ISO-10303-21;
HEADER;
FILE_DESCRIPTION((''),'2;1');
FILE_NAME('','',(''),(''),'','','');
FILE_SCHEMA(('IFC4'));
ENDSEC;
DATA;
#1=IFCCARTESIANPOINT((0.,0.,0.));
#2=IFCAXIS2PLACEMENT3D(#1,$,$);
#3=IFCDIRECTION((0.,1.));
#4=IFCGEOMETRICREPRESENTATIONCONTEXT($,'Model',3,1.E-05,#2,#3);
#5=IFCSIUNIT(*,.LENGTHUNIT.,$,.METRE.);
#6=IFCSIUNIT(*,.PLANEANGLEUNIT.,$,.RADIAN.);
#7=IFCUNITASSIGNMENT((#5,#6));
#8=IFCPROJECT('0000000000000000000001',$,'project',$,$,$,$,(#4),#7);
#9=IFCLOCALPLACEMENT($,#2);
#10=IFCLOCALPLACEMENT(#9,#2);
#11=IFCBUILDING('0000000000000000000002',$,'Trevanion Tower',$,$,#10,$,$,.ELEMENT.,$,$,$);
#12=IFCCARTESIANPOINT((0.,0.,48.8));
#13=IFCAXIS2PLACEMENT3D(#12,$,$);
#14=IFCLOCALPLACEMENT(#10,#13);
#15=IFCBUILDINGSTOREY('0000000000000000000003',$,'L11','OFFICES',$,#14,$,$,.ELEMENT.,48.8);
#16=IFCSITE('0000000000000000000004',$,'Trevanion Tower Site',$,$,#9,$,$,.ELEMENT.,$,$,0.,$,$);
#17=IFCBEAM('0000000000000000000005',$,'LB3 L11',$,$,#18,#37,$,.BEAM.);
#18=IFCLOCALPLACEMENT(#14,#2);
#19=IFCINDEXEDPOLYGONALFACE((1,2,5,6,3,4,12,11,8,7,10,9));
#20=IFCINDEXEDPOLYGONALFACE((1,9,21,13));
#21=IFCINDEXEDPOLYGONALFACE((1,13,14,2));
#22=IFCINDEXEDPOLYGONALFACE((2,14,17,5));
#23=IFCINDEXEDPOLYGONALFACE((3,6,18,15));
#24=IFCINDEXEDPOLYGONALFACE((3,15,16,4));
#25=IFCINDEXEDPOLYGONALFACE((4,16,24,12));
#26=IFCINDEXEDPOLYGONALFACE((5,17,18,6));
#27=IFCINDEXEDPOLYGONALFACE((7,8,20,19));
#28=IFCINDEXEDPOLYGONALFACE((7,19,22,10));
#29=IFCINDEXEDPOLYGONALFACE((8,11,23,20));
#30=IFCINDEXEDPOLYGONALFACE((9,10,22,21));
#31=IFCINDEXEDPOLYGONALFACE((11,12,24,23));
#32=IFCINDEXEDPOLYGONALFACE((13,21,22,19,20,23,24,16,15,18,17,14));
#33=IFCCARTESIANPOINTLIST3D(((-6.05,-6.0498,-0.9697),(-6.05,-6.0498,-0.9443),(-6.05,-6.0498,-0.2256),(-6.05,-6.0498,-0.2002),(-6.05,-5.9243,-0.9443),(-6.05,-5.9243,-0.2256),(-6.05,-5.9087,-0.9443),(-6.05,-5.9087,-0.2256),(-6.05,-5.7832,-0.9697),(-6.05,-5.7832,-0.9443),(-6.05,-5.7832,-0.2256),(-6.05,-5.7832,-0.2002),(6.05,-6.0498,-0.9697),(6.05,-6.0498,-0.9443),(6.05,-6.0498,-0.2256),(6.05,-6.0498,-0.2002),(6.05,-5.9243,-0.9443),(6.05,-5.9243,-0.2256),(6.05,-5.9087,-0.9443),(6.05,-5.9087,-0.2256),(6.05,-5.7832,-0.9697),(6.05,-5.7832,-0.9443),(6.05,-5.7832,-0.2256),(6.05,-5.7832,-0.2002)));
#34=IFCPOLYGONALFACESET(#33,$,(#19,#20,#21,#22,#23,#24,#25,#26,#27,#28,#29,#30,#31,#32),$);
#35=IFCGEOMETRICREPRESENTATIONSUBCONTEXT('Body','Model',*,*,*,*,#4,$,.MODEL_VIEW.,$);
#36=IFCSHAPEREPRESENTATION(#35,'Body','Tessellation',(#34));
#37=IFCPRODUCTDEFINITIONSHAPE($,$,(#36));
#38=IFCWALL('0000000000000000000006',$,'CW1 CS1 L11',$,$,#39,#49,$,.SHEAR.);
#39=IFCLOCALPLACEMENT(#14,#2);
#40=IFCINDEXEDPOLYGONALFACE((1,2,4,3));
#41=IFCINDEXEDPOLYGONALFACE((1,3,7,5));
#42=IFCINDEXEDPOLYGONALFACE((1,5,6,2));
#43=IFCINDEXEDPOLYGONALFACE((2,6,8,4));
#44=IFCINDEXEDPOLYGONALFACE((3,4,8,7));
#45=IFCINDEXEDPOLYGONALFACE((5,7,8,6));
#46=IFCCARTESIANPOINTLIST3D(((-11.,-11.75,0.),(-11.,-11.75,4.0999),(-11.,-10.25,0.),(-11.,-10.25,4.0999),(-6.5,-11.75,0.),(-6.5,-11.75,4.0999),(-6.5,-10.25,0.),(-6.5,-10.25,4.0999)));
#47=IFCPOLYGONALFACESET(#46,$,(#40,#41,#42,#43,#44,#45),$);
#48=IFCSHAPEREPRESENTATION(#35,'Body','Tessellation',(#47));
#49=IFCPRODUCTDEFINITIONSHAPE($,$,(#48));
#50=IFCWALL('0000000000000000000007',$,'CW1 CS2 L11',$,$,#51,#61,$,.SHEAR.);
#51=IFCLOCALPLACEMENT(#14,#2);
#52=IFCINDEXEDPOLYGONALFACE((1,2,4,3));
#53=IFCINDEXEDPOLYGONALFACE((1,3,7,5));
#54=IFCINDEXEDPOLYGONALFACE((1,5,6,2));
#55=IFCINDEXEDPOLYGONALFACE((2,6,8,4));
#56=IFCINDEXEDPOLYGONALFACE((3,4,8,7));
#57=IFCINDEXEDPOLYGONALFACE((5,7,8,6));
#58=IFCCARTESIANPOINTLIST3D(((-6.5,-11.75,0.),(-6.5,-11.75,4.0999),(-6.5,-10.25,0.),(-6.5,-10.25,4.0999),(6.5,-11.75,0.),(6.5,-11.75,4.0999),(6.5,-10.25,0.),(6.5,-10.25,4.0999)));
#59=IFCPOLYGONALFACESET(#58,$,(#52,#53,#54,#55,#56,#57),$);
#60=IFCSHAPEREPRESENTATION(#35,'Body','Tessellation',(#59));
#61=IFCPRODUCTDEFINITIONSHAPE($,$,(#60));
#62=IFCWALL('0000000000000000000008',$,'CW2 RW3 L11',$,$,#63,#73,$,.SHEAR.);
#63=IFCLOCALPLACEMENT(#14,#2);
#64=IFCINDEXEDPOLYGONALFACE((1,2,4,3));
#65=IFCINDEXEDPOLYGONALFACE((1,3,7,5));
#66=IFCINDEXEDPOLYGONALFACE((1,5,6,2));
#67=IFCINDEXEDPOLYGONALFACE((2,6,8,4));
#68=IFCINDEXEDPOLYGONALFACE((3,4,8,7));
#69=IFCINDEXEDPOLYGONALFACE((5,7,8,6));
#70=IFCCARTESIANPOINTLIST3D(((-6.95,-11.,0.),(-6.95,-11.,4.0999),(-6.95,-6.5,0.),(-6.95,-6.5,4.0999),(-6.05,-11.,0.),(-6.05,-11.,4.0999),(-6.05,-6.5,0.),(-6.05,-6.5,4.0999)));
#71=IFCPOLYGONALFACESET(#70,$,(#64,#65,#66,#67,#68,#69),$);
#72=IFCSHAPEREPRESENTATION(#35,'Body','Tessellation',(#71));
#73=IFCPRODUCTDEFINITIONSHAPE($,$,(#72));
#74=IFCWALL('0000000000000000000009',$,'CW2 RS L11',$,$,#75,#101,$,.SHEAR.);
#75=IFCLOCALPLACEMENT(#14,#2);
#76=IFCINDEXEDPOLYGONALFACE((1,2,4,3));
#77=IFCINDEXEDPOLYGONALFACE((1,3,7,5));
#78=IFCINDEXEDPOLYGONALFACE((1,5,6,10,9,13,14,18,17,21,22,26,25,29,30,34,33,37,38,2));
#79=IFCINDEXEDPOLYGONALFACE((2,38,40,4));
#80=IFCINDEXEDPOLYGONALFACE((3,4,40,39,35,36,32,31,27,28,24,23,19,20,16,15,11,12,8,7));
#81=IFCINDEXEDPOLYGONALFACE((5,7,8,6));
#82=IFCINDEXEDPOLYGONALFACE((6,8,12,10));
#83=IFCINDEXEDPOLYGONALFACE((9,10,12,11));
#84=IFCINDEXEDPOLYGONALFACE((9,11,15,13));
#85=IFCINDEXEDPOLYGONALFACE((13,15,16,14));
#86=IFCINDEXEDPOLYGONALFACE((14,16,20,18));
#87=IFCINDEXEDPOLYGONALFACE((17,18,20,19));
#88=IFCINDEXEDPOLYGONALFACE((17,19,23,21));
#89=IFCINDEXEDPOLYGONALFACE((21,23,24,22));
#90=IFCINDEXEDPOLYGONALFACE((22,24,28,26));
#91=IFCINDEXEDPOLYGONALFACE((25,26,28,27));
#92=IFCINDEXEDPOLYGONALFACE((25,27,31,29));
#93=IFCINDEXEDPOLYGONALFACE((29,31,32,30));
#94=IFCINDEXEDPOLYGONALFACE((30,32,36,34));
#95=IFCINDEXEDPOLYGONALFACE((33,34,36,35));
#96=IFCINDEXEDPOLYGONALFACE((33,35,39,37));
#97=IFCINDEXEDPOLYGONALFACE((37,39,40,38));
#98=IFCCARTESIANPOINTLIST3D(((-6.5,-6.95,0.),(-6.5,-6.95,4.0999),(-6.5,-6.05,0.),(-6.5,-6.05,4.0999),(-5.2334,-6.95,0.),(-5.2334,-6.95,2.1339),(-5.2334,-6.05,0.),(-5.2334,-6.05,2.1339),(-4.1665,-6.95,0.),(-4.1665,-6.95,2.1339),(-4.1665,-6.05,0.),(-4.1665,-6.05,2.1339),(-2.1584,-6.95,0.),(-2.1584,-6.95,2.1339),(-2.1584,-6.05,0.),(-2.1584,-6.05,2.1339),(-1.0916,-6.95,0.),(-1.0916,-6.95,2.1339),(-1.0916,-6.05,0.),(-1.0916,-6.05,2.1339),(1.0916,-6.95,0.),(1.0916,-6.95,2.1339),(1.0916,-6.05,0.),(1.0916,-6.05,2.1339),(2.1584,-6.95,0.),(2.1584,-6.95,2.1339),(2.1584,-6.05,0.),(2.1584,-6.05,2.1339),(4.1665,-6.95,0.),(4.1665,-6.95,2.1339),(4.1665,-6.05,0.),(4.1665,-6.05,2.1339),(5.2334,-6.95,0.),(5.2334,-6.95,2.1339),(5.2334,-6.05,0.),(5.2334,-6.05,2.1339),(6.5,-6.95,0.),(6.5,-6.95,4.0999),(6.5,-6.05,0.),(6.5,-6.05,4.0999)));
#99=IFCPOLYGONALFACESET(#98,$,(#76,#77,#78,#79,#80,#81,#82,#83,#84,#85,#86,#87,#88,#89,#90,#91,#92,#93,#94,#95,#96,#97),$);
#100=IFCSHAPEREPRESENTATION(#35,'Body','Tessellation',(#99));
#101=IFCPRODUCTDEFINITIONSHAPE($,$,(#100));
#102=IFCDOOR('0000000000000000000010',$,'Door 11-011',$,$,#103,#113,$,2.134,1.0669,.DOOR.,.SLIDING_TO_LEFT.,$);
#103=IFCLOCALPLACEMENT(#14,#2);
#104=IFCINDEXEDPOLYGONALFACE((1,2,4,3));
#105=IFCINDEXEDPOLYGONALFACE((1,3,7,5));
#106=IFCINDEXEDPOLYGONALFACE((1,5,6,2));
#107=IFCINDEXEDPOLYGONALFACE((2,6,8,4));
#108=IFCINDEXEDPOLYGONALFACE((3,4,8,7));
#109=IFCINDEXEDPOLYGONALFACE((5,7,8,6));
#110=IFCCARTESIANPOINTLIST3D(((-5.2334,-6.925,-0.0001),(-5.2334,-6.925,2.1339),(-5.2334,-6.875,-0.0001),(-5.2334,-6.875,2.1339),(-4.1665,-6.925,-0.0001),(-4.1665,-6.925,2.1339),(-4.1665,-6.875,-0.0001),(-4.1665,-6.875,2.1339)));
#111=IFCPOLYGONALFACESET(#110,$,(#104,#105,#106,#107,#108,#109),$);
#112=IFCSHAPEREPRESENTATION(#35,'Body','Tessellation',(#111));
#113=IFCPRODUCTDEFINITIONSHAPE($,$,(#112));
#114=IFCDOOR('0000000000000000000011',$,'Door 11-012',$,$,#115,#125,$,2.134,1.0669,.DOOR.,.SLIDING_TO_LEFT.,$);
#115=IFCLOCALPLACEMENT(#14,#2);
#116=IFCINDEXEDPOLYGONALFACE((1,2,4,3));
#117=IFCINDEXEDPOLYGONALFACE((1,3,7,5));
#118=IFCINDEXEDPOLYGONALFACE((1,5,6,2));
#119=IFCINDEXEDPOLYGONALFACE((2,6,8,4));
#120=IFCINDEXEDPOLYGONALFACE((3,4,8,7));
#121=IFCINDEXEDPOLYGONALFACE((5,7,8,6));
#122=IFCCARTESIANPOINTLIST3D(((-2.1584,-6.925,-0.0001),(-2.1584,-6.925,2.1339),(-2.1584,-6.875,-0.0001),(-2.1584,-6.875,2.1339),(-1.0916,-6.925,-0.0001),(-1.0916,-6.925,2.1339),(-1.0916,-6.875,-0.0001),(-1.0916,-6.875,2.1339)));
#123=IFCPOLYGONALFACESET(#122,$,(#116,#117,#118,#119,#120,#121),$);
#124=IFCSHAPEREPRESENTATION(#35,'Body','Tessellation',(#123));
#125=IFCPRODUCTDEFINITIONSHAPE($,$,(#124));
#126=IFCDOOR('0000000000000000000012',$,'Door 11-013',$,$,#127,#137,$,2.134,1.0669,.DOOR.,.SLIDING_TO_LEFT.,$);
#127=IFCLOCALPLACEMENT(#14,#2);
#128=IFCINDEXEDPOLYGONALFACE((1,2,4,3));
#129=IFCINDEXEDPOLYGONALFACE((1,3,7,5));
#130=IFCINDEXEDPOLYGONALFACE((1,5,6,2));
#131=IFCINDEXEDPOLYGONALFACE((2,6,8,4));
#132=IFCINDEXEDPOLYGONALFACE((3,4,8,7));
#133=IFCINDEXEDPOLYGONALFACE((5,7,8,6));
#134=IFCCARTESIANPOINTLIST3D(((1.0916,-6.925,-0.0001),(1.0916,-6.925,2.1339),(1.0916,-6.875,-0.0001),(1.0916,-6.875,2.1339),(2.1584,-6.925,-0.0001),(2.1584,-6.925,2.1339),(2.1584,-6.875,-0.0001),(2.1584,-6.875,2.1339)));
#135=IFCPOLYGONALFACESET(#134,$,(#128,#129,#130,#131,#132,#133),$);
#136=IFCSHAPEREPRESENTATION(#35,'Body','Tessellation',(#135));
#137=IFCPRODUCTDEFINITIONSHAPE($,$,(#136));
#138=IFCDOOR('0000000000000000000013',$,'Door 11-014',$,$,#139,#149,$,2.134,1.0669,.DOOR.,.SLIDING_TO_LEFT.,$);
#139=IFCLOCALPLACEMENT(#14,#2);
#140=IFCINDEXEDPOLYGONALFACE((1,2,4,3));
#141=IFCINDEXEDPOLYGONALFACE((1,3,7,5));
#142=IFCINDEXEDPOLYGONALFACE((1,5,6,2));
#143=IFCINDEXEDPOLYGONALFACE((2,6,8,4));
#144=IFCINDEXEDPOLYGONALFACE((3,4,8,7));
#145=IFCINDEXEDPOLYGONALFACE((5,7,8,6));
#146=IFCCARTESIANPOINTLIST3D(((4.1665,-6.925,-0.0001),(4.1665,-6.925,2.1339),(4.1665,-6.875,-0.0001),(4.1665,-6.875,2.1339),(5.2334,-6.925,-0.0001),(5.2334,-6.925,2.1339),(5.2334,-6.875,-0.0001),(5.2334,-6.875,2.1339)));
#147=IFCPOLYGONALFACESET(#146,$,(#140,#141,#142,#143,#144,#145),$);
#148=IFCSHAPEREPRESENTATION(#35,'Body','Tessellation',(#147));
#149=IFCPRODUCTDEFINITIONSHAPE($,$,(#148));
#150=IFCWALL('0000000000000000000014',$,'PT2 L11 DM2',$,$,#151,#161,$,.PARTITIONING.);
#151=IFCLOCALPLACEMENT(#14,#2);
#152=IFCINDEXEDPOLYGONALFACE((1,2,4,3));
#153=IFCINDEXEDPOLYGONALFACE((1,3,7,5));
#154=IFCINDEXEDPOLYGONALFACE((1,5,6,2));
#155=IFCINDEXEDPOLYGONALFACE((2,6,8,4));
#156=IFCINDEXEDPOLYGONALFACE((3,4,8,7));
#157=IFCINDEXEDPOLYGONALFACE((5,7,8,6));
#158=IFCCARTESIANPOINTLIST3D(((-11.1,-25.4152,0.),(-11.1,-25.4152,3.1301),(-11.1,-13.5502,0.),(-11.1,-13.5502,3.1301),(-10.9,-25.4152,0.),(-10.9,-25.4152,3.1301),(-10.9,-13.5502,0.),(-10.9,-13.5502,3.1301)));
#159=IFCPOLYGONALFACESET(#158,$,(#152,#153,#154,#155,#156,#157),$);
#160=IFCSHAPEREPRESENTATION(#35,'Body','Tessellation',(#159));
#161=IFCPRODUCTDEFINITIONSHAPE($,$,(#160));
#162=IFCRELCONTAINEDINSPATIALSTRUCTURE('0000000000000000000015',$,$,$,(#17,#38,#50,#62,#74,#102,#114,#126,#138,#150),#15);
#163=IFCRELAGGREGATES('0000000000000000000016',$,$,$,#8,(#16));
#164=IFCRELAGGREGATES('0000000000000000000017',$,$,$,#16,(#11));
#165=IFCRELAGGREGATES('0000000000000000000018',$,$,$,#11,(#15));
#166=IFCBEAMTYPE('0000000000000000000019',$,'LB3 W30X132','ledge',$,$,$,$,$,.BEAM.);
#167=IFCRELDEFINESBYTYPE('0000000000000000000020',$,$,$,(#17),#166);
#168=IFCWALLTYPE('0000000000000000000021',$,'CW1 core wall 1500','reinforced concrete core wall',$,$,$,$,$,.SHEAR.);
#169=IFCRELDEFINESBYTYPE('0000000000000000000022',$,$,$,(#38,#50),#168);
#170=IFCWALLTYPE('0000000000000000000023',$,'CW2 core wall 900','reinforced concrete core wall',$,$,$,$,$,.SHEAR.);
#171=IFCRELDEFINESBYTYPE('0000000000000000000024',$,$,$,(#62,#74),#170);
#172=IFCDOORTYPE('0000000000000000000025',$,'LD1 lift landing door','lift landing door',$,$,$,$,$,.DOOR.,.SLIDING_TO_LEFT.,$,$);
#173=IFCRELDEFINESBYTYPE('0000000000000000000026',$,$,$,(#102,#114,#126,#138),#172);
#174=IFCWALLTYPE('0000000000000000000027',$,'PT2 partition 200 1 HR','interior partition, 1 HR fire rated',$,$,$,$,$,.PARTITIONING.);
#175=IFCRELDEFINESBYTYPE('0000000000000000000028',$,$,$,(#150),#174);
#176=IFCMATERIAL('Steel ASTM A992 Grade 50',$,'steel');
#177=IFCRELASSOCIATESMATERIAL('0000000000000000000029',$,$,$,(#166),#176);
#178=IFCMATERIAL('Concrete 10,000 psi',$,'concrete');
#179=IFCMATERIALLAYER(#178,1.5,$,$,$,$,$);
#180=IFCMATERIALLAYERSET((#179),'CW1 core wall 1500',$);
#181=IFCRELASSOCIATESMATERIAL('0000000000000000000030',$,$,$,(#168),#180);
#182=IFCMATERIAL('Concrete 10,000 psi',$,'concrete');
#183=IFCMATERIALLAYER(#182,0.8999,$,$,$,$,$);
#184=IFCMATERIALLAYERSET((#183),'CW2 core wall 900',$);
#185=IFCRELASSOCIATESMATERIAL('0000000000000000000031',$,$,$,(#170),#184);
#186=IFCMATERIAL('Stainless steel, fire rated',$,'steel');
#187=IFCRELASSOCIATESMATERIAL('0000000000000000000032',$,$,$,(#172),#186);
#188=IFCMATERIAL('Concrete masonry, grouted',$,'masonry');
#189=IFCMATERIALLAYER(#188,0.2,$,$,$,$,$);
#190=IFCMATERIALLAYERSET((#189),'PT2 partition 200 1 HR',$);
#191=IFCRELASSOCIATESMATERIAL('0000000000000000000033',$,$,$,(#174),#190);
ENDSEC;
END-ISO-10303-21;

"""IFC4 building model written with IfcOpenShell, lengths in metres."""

from ifc_helpers import new_model, si_unit, direction, frame, frame_2d, origin, origin_2d, place, context, subcontext, project, spatial, rectangle, i_section, extrude, material, layer, layer_set, material_profile, profile_set, type_object, element, fill, save


model = new_model("IFC4")

# Units and contexts
model_context = context("Model", 3, precision=1e-05, world=origin(), true_north=direction((0.0, 1.0)))
body_context = subcontext(model_context, "Body", "Model", "MODEL_VIEW")
ifc_project = project(units=[si_unit("LENGTHUNIT", "METRE"), si_unit("PLANEANGLEUNIT", "RADIAN")], contexts=[model_context])

# Site, building, storey
site_placement = place(None, origin())
site = spatial("IfcSite", under=ifc_project, at=site_placement, Name="Trevanion Tower Site", CompositionType="ELEMENT", RefElevation=0.0)
building_placement = place(site_placement, origin())
building = spatial("IfcBuilding", under=site, at=building_placement, Name="Trevanion Tower", CompositionType="ELEMENT")
storey_placement = place(building_placement, frame((0.0, 0.0, 48.8)))
storey = spatial("IfcBuildingStorey", under=building, at=storey_placement, Name="L11", Description="OFFICES", CompositionType="ELEMENT", Elevation=48.8)

# Beam
ifc_material_1 = material(Name="Steel ASTM A992 Grade 50", Category="steel")
ifc_material_profile_1 = material_profile(ifc_material_1, i_section(OverallWidth=0.2666, OverallDepth=0.7695, WebThickness=0.0156, FlangeThickness=0.0254, at=origin_2d()), Name="W30X132")
ifc_profile_set_1 = profile_set([ifc_material_profile_1], Name="Steel ASTM A992 Grade 50")
beam_type_1 = type_object("IfcBeamType", Name="LB3 W30X132", Description="ledge", PredefinedType="BEAM", material=ifc_profile_set_1)
beam_1_placement = place(storey_placement, frame((-6.05, -5.9165, -0.585), z_axis=(1.0, 0.0, 0.0), x_axis=(0.0, 1.0, 0.0)))
element("IfcBeam", 1, at=beam_1_placement, inside=storey, type_object=beam_type_1, Name="LB3 L11", PredefinedType="BEAM", context=body_context, shape_type="SweptSolid", body=[
    extrude(i_section(OverallWidth=0.2666, OverallDepth=0.7695, WebThickness=0.0156, FlangeThickness=0.0254, at=origin_2d()), origin(), (0.0, 0.0, 1.0), 12.1001),
])

# Walls
ifc_material_2 = material(Name="Concrete 10,000 psi", Category="concrete")
ifc_layer_1 = layer(ifc_material_2, 1.5)
ifc_layer_set_1 = layer_set([ifc_layer_1], Name="CW1 core wall 1500")
wall_type_1 = type_object("IfcWallType", Name="CW1 core wall 1500", Description="reinforced concrete core wall", PredefinedType="SHEAR", material=ifc_layer_set_1)
wall_1_placement = place(storey_placement, frame((-11.0, -11.0, 0.0), z_axis=(0.0, 0.0, 1.0), x_axis=(1.0, 0.0, 0.0)))
element("IfcWall", 2, at=wall_1_placement, inside=storey, type_object=wall_type_1, Name="CW1 CS1 L11", PredefinedType="SHEAR", context=body_context, shape_type="SweptSolid", body=[
    extrude(rectangle(XDim=4.5, YDim=1.5, at=frame_2d((2.25, 0.0))), origin(), (0.0, 0.0, 1.0), 4.0999),
])
wall_2_placement = place(storey_placement, frame((-6.5, -11.0, 0.0), z_axis=(0.0, 0.0, 1.0), x_axis=(1.0, 0.0, 0.0)))
element("IfcWall", 3, at=wall_2_placement, inside=storey, type_object=wall_type_1, Name="CW1 CS2 L11", PredefinedType="SHEAR", context=body_context, shape_type="SweptSolid", body=[
    extrude(rectangle(XDim=13.0, YDim=1.5, at=frame_2d((6.5, 0.0))), origin(), (0.0, 0.0, 1.0), 4.0999),
])
ifc_material_3 = material(Name="Concrete 10,000 psi", Category="concrete")
ifc_layer_2 = layer(ifc_material_3, 0.8999)
ifc_layer_set_2 = layer_set([ifc_layer_2], Name="CW2 core wall 900")
wall_type_2 = type_object("IfcWallType", Name="CW2 core wall 900", Description="reinforced concrete core wall", PredefinedType="SHEAR", material=ifc_layer_set_2)
wall_3_placement = place(storey_placement, frame((-6.5, -6.5, 0.0), z_axis=(0.0, 0.0, 1.0), x_axis=(0.0, -1.0, 0.0)))
element("IfcWall", 4, at=wall_3_placement, inside=storey, type_object=wall_type_2, Name="CW2 RW3 L11", PredefinedType="SHEAR", context=body_context, shape_type="SweptSolid", body=[
    extrude(rectangle(XDim=4.5, YDim=0.8999, at=frame_2d((2.25, 0.0))), origin(), (0.0, 0.0, 1.0), 4.0999),
])

# Wall, openings, doors
wall_4_placement = place(storey_placement, frame((-6.5, -6.5, 0.0), z_axis=(0.0, 0.0, 1.0), x_axis=(1.0, 0.0, 0.0)))
wall_4 = element("IfcWall", 5, at=wall_4_placement, inside=storey, type_object=wall_type_2, Name="CW2 RS L11", PredefinedType="SHEAR", context=body_context, shape_type="SweptSolid", body=[
    extrude(rectangle(XDim=13.0, YDim=0.8999, at=frame_2d((6.5, 0.0))), origin(), (0.0, 0.0, 1.0), 4.0999),
])
opening_1_placement = place(wall_4_placement, frame((1.2666, 0.0, 0.0)))
opening_1 = element("IfcOpeningElement", 6, at=opening_1_placement, cuts=wall_4, PredefinedType="OPENING", context=body_context, shape_type="SweptSolid", body=[
    extrude(rectangle(XDim=1.0669, YDim=2.134, at=frame_2d((0.5334, 1.0669))), frame((0.0, 0.46, 0.0), z_axis=(0.0, -1.0, 0.0), x_axis=(1.0, 0.0, 0.0)), (0.0, 0.0, 1.0), 0.9199),
])
opening_2_placement = place(wall_4_placement, frame((4.3416, 0.0, 0.0)))
opening_2 = element("IfcOpeningElement", 7, at=opening_2_placement, cuts=wall_4, PredefinedType="OPENING", context=body_context, shape_type="SweptSolid", body=[
    extrude(rectangle(XDim=1.0669, YDim=2.134, at=frame_2d((0.5334, 1.0669))), frame((0.0, 0.46, 0.0), z_axis=(0.0, -1.0, 0.0), x_axis=(1.0, 0.0, 0.0)), (0.0, 0.0, 1.0), 0.9199),
])
opening_3_placement = place(wall_4_placement, frame((7.5916, 0.0, 0.0)))
opening_3 = element("IfcOpeningElement", 8, at=opening_3_placement, cuts=wall_4, PredefinedType="OPENING", context=body_context, shape_type="SweptSolid", body=[
    extrude(rectangle(XDim=1.0669, YDim=2.134, at=frame_2d((0.5334, 1.0669))), frame((0.0, 0.46, 0.0), z_axis=(0.0, -1.0, 0.0), x_axis=(1.0, 0.0, 0.0)), (0.0, 0.0, 1.0), 0.9199),
])
opening_4_placement = place(wall_4_placement, frame((10.6665, 0.0, 0.0)))
opening_4 = element("IfcOpeningElement", 9, at=opening_4_placement, cuts=wall_4, PredefinedType="OPENING", context=body_context, shape_type="SweptSolid", body=[
    extrude(rectangle(XDim=1.0669, YDim=2.134, at=frame_2d((0.5334, 1.0669))), frame((0.0, 0.46, 0.0), z_axis=(0.0, -1.0, 0.0), x_axis=(1.0, 0.0, 0.0)), (0.0, 0.0, 1.0), 0.9199),
])
ifc_material_4 = material(Name="Stainless steel, fire rated", Category="steel")
door_type_1 = type_object("IfcDoorType", Name="LD1 lift landing door", Description="lift landing door", OperationType="SLIDING_TO_LEFT", PredefinedType="DOOR", material=ifc_material_4)
door_1_placement = place(opening_1_placement, origin())
door_1 = element("IfcDoor", 10, at=door_1_placement, inside=storey, type_object=door_type_1, Name="Door 11-011", OperationType="SLIDING_TO_LEFT", OverallHeight=2.134, OverallWidth=1.0669, PredefinedType="DOOR", context=body_context, shape_type="SweptSolid", body=[
    extrude(rectangle(XDim=1.0669, YDim=2.134, at=frame_2d((0.5334, 1.0669))), frame((0.0, -0.375, 0.0), z_axis=(0.0, -1.0, 0.0), x_axis=(1.0, 0.0, 0.0)), (0.0, 0.0, 1.0), 0.05),
])
fill(opening_1, door_1)
door_2_placement = place(opening_2_placement, origin())
door_2 = element("IfcDoor", 11, at=door_2_placement, inside=storey, type_object=door_type_1, Name="Door 11-012", OperationType="SLIDING_TO_LEFT", OverallHeight=2.134, OverallWidth=1.0669, PredefinedType="DOOR", context=body_context, shape_type="SweptSolid", body=[
    extrude(rectangle(XDim=1.0669, YDim=2.134, at=frame_2d((0.5334, 1.0669))), frame((0.0, -0.375, 0.0), z_axis=(0.0, -1.0, 0.0), x_axis=(1.0, 0.0, 0.0)), (0.0, 0.0, 1.0), 0.05),
])
fill(opening_2, door_2)
door_3_placement = place(opening_3_placement, origin())
door_3 = element("IfcDoor", 12, at=door_3_placement, inside=storey, type_object=door_type_1, Name="Door 11-013", OperationType="SLIDING_TO_LEFT", OverallHeight=2.134, OverallWidth=1.0669, PredefinedType="DOOR", context=body_context, shape_type="SweptSolid", body=[
    extrude(rectangle(XDim=1.0669, YDim=2.134, at=frame_2d((0.5334, 1.0669))), frame((0.0, -0.375, 0.0), z_axis=(0.0, -1.0, 0.0), x_axis=(1.0, 0.0, 0.0)), (0.0, 0.0, 1.0), 0.05),
])
fill(opening_3, door_3)
door_4_placement = place(opening_4_placement, origin())
door_4 = element("IfcDoor", 13, at=door_4_placement, inside=storey, type_object=door_type_1, Name="Door 11-014", OperationType="SLIDING_TO_LEFT", OverallHeight=2.134, OverallWidth=1.0669, PredefinedType="DOOR", context=body_context, shape_type="SweptSolid", body=[
    extrude(rectangle(XDim=1.0669, YDim=2.134, at=frame_2d((0.5334, 1.0669))), frame((0.0, -0.375, 0.0), z_axis=(0.0, -1.0, 0.0), x_axis=(1.0, 0.0, 0.0)), (0.0, 0.0, 1.0), 0.05),
])
fill(opening_4, door_4)

# Wall
ifc_material_5 = material(Name="Concrete masonry, grouted", Category="masonry")
ifc_layer_3 = layer(ifc_material_5, 0.2)
ifc_layer_set_3 = layer_set([ifc_layer_3], Name="PT2 partition 200 1 HR")
wall_type_3 = type_object("IfcWallType", Name="PT2 partition 200 1 HR", Description="interior partition, 1 HR fire rated", PredefinedType="PARTITIONING", material=ifc_layer_set_3)
wall_5_placement = place(storey_placement, frame((-11.0, -13.55, 0.0), z_axis=(0.0, 0.0, 1.0), x_axis=(0.0, -1.0, 0.0)))
element("IfcWall", 14, at=wall_5_placement, inside=storey, type_object=wall_type_3, Name="PT2 L11 DM2", PredefinedType="PARTITIONING", context=body_context, shape_type="SweptSolid", body=[
    extrude(rectangle(XDim=11.865, YDim=0.2, at=frame_2d((5.9326, 0.0))), origin(), (0.0, 0.0, 1.0), 3.1301),
])

save(model, "model.ifc")
